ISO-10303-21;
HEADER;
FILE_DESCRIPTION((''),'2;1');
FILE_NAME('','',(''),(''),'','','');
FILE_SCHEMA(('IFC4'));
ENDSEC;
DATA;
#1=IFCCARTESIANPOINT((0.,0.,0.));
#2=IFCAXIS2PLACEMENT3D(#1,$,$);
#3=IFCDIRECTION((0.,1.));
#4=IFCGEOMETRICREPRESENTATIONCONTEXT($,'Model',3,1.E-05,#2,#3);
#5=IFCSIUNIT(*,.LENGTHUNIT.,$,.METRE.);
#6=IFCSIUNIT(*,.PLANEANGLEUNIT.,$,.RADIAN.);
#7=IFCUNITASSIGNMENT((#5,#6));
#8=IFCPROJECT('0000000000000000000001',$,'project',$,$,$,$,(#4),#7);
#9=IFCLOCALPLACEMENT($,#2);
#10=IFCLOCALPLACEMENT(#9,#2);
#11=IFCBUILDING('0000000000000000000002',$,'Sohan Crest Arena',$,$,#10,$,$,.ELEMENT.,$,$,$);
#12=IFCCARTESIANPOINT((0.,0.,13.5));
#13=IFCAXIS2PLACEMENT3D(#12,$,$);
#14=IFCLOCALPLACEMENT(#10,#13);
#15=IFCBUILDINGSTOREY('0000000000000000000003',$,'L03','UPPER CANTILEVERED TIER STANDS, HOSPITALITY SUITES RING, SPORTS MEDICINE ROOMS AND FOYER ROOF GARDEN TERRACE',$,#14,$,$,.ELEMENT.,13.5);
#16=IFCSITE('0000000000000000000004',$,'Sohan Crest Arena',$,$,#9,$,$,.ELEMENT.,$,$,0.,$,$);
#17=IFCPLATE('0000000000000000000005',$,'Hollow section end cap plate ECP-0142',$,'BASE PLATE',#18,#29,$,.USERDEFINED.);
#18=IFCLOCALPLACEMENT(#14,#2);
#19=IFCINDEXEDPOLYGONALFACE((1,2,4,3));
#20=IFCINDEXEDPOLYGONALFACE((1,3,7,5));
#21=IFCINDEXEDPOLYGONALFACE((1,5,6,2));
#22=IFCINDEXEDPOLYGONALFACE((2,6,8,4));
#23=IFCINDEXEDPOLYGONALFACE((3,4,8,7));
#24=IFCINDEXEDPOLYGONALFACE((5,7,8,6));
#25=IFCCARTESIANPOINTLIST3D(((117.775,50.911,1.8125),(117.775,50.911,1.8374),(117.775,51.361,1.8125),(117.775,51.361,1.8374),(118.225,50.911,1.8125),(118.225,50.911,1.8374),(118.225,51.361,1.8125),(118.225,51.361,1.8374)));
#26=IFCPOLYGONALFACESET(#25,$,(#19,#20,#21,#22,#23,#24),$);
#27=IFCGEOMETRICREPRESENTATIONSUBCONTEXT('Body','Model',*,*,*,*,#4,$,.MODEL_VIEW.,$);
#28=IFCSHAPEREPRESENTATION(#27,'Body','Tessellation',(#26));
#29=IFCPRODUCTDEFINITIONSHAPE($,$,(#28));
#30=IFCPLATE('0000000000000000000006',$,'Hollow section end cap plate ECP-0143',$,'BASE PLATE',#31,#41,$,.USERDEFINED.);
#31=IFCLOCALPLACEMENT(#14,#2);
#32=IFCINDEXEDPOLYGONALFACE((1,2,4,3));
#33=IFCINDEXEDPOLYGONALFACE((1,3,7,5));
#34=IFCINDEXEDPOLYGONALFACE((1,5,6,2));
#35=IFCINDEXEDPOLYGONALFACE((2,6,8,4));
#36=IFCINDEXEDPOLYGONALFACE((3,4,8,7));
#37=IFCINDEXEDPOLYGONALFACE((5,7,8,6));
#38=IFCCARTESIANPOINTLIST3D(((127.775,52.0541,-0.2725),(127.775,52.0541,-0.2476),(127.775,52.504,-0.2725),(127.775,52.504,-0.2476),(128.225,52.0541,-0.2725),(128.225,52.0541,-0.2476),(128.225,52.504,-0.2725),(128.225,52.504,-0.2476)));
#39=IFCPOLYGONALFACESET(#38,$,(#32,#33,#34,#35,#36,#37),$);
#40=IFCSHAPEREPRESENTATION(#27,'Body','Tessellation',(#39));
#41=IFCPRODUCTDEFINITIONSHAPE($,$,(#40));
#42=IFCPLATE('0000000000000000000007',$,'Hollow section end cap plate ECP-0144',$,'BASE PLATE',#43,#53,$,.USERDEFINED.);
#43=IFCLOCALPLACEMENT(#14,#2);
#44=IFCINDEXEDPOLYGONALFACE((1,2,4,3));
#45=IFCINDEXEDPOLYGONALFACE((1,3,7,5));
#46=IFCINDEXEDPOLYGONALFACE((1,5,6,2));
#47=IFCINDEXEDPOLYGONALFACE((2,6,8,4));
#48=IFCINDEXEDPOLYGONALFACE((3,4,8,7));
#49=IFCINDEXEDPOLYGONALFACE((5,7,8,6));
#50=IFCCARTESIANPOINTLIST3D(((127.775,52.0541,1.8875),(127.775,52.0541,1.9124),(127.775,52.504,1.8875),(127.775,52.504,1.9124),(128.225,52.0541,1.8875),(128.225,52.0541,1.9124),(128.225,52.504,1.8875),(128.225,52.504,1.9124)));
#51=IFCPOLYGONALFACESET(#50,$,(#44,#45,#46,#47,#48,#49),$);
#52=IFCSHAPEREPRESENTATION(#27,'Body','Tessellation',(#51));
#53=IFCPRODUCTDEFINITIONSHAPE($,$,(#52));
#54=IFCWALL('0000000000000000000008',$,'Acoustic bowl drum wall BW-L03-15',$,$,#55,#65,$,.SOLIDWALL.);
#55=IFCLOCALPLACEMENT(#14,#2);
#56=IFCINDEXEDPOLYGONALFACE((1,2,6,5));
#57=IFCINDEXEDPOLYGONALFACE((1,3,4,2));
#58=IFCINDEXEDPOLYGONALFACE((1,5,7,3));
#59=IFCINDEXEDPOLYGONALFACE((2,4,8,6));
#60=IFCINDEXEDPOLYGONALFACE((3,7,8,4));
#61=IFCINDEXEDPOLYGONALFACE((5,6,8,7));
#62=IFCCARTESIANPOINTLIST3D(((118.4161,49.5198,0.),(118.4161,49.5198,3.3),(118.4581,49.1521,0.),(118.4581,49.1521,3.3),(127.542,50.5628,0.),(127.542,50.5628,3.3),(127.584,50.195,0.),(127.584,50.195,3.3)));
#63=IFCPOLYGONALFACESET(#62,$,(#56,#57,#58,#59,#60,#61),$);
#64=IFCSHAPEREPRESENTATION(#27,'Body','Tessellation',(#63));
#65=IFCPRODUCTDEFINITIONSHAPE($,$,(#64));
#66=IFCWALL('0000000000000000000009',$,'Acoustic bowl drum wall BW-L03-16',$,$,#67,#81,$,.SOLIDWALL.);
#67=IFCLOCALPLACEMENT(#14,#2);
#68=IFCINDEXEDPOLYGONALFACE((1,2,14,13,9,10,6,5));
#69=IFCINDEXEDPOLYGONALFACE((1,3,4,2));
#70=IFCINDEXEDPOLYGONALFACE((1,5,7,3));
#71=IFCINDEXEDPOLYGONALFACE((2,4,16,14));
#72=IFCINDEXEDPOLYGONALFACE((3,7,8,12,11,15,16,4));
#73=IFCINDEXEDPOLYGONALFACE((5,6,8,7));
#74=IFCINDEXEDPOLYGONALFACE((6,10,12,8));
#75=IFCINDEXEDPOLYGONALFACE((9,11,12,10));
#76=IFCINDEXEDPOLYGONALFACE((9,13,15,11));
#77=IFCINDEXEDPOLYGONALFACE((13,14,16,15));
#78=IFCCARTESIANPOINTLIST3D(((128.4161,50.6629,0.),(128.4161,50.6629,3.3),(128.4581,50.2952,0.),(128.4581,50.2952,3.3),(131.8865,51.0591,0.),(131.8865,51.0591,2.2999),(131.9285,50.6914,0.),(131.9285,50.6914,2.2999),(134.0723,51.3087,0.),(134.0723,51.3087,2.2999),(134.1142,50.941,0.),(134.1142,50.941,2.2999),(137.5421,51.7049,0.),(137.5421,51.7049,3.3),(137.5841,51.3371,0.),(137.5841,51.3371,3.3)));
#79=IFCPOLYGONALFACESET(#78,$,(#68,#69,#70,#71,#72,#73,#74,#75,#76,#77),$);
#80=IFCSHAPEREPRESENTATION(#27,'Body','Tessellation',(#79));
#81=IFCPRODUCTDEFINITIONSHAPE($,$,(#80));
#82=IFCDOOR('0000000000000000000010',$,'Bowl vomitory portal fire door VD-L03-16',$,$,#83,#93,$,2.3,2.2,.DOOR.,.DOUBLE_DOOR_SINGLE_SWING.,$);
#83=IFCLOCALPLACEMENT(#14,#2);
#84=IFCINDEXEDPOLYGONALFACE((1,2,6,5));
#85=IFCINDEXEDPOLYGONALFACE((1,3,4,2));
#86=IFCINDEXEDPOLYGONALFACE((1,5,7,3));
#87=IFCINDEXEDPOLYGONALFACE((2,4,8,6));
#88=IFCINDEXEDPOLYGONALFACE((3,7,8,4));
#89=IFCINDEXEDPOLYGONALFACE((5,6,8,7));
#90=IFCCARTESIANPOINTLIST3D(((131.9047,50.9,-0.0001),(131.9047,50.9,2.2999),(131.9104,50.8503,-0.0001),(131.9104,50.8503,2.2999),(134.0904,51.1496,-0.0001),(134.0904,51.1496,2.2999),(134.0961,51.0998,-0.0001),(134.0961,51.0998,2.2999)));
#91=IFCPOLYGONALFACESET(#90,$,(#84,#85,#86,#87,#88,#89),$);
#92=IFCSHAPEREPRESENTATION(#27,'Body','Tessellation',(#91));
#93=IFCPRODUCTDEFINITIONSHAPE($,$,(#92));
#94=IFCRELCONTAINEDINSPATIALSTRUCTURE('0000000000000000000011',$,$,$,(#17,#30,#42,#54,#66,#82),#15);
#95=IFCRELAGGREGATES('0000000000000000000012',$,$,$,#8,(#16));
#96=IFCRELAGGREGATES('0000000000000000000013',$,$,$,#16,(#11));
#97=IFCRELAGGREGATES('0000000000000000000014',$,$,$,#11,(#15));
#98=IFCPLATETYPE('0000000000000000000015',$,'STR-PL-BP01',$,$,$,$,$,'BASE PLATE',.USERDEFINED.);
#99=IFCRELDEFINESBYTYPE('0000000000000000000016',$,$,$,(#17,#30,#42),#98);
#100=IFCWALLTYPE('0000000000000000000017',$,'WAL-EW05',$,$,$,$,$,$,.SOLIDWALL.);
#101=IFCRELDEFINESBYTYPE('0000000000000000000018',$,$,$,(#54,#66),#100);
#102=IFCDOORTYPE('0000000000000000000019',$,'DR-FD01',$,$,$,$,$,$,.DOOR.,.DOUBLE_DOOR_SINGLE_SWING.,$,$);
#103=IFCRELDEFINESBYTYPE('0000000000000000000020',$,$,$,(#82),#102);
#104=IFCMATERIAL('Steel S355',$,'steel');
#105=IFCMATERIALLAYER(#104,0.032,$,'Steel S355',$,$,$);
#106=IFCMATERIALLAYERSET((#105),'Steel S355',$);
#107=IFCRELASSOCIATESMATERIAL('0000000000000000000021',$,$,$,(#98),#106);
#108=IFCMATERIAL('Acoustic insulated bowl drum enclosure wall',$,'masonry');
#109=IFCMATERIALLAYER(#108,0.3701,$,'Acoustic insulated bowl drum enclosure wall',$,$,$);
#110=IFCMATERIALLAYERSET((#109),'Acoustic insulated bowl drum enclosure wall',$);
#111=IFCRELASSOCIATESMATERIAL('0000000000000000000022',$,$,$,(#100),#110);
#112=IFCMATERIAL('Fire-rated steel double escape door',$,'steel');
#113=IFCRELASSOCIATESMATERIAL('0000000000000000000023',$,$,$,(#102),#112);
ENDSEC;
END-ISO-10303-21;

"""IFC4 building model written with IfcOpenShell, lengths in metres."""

from ifc_helpers import new_model, si_unit, direction, frame, frame_2d, origin, origin_2d, place, context, subcontext, project, spatial, rectangle, extrude, material, layer, layer_set, type_object, element, fill, save


model = new_model("IFC4")

# Units and contexts
model_context = context("Model", 3, precision=1e-05, world=origin(), true_north=direction((0.0, 1.0)))
body_context = subcontext(model_context, "Body", "Model", "MODEL_VIEW")
ifc_project = project(units=[si_unit("LENGTHUNIT", "METRE"), si_unit("PLANEANGLEUNIT", "RADIAN")], contexts=[model_context])

# Site, building, storey
site_placement = place(None, origin())
site = spatial("IfcSite", under=ifc_project, at=site_placement, Name="Sohan Crest Arena", CompositionType="ELEMENT", RefElevation=0.0)
building_placement = place(site_placement, origin())
building = spatial("IfcBuilding", under=site, at=building_placement, Name="Sohan Crest Arena", CompositionType="ELEMENT")
storey_placement = place(building_placement, frame((0.0, 0.0, 13.5)))
storey = spatial("IfcBuildingStorey", under=building, at=storey_placement, Name="L03", Description="UPPER CANTILEVERED TIER STANDS, HOSPITALITY SUITES RING, SPORTS MEDICINE ROOMS AND FOYER ROOF GARDEN TERRACE", CompositionType="ELEMENT", Elevation=13.5)

# Shared definitions
ifc_material_1 = material(Name="Steel S355", Category="steel")

# Plates
ifc_layer_1 = layer(ifc_material_1, 0.032, Name="Steel S355")
ifc_layer_set_1 = layer_set([ifc_layer_1], Name="Steel S355")
plate_type = type_object("IfcPlateType", Name="STR-PL-BP01", ElementType="BASE PLATE", PredefinedType="USERDEFINED", material=ifc_layer_set_1)
for number, where, z_axis, x_axis, name in (
    (1, (118.0, 51.136, 1.8125), (0.0, 0.0, 1.0), (1.0, 0.0, 0.0), "Hollow section end cap plate ECP-0142"),
    (2, (128.0, 52.2791, -0.2725), (0.0, 0.0, 1.0), (1.0, 0.0, 0.0), "Hollow section end cap plate ECP-0143"),
    (3, (128.0, 52.2791, 1.8875), (0.0, 0.0, 1.0), (1.0, 0.0, 0.0), "Hollow section end cap plate ECP-0144"),
):
    element("IfcPlate", number, at=place(storey_placement, frame(where, z_axis=z_axis, x_axis=x_axis)), inside=storey, type_object=plate_type, Name=name, ObjectType="BASE PLATE", PredefinedType="USERDEFINED", context=body_context, shape_type="SweptSolid", body=[
        extrude(rectangle(XDim=0.45, YDim=0.45, at=origin_2d()), origin(), (0.0, 0.0, 1.0), 0.0249),
    ])

# Wall
ifc_material_2 = material(Name="Acoustic insulated bowl drum enclosure wall", Category="masonry")
ifc_layer_2 = layer(ifc_material_2, 0.3701, Name="Acoustic insulated bowl drum enclosure wall")
ifc_layer_set_2 = layer_set([ifc_layer_2], Name="Acoustic insulated bowl drum enclosure wall")
wall_type = type_object("IfcWallType", Name="WAL-EW05", PredefinedType="SOLIDWALL", material=ifc_layer_set_2)
wall_1_placement = place(storey_placement, frame((118.437, 49.3359, 0.0), z_axis=(0.0, 0.0, 1.0), x_axis=(0.993533, 0.113547, 0.0)))
element("IfcWall", 4, at=wall_1_placement, inside=storey, type_object=wall_type, Name="Acoustic bowl drum wall BW-L03-15", PredefinedType="SOLIDWALL", context=body_context, shape_type="SweptSolid", body=[
    extrude(rectangle(XDim=9.1853, YDim=0.3701, at=frame_2d((4.5928, 0.0))), origin(), (0.0, 0.0, 1.0), 3.3),
])

# Wall, opening, door
wall_2_placement = place(storey_placement, frame((128.437, 50.479, 0.0), z_axis=(0.0, 0.0, 1.0), x_axis=(0.993545, 0.113442, 0.0)))
wall_2 = element("IfcWall", 5, at=wall_2_placement, inside=storey, type_object=wall_type, Name="Acoustic bowl drum wall BW-L03-16", PredefinedType="SOLIDWALL", context=body_context, shape_type="SweptSolid", body=[
    extrude(rectangle(XDim=9.1853, YDim=0.3701, at=frame_2d((4.5928, 0.0))), origin(), (0.0, 0.0, 1.0), 3.3),
])
opening_placement = place(wall_2_placement, frame((3.4929, 0.0, 0.0)))
opening = element("IfcOpeningElement", 6, at=opening_placement, cuts=wall_2, PredefinedType="OPENING", context=body_context, shape_type="SweptSolid", body=[
    extrude(rectangle(XDim=2.2, YDim=2.3, at=frame_2d((1.1001, 1.1499))), frame((0.0, 0.1951, 0.0), z_axis=(0.0, -1.0, 0.0), x_axis=(1.0, 0.0, 0.0)), (0.0, 0.0, 1.0), 0.3901),
])
ifc_material_3 = material(Name="Fire-rated steel double escape door", Category="steel")
door_type = type_object("IfcDoorType", Name="DR-FD01", OperationType="DOUBLE_DOOR_SINGLE_SWING", PredefinedType="DOOR", material=ifc_material_3)
door_placement = place(opening_placement, origin())
door = element("IfcDoor", 7, at=door_placement, inside=storey, type_object=door_type, Name="Bowl vomitory portal fire door VD-L03-16", OperationType="DOUBLE_DOOR_SINGLE_SWING", OverallHeight=2.3, OverallWidth=2.2, PredefinedType="DOOR", context=body_context, shape_type="SweptSolid", body=[
    extrude(rectangle(XDim=2.2, YDim=2.3, at=frame_2d((1.1001, 1.1499))), frame((0.0, 0.0249, 0.0), z_axis=(0.0, -1.0, 0.0), x_axis=(1.0, 0.0, 0.0)), (0.0, 0.0, 1.0), 0.05),
])
fill(opening, door)

save(model, "model.ifc")
